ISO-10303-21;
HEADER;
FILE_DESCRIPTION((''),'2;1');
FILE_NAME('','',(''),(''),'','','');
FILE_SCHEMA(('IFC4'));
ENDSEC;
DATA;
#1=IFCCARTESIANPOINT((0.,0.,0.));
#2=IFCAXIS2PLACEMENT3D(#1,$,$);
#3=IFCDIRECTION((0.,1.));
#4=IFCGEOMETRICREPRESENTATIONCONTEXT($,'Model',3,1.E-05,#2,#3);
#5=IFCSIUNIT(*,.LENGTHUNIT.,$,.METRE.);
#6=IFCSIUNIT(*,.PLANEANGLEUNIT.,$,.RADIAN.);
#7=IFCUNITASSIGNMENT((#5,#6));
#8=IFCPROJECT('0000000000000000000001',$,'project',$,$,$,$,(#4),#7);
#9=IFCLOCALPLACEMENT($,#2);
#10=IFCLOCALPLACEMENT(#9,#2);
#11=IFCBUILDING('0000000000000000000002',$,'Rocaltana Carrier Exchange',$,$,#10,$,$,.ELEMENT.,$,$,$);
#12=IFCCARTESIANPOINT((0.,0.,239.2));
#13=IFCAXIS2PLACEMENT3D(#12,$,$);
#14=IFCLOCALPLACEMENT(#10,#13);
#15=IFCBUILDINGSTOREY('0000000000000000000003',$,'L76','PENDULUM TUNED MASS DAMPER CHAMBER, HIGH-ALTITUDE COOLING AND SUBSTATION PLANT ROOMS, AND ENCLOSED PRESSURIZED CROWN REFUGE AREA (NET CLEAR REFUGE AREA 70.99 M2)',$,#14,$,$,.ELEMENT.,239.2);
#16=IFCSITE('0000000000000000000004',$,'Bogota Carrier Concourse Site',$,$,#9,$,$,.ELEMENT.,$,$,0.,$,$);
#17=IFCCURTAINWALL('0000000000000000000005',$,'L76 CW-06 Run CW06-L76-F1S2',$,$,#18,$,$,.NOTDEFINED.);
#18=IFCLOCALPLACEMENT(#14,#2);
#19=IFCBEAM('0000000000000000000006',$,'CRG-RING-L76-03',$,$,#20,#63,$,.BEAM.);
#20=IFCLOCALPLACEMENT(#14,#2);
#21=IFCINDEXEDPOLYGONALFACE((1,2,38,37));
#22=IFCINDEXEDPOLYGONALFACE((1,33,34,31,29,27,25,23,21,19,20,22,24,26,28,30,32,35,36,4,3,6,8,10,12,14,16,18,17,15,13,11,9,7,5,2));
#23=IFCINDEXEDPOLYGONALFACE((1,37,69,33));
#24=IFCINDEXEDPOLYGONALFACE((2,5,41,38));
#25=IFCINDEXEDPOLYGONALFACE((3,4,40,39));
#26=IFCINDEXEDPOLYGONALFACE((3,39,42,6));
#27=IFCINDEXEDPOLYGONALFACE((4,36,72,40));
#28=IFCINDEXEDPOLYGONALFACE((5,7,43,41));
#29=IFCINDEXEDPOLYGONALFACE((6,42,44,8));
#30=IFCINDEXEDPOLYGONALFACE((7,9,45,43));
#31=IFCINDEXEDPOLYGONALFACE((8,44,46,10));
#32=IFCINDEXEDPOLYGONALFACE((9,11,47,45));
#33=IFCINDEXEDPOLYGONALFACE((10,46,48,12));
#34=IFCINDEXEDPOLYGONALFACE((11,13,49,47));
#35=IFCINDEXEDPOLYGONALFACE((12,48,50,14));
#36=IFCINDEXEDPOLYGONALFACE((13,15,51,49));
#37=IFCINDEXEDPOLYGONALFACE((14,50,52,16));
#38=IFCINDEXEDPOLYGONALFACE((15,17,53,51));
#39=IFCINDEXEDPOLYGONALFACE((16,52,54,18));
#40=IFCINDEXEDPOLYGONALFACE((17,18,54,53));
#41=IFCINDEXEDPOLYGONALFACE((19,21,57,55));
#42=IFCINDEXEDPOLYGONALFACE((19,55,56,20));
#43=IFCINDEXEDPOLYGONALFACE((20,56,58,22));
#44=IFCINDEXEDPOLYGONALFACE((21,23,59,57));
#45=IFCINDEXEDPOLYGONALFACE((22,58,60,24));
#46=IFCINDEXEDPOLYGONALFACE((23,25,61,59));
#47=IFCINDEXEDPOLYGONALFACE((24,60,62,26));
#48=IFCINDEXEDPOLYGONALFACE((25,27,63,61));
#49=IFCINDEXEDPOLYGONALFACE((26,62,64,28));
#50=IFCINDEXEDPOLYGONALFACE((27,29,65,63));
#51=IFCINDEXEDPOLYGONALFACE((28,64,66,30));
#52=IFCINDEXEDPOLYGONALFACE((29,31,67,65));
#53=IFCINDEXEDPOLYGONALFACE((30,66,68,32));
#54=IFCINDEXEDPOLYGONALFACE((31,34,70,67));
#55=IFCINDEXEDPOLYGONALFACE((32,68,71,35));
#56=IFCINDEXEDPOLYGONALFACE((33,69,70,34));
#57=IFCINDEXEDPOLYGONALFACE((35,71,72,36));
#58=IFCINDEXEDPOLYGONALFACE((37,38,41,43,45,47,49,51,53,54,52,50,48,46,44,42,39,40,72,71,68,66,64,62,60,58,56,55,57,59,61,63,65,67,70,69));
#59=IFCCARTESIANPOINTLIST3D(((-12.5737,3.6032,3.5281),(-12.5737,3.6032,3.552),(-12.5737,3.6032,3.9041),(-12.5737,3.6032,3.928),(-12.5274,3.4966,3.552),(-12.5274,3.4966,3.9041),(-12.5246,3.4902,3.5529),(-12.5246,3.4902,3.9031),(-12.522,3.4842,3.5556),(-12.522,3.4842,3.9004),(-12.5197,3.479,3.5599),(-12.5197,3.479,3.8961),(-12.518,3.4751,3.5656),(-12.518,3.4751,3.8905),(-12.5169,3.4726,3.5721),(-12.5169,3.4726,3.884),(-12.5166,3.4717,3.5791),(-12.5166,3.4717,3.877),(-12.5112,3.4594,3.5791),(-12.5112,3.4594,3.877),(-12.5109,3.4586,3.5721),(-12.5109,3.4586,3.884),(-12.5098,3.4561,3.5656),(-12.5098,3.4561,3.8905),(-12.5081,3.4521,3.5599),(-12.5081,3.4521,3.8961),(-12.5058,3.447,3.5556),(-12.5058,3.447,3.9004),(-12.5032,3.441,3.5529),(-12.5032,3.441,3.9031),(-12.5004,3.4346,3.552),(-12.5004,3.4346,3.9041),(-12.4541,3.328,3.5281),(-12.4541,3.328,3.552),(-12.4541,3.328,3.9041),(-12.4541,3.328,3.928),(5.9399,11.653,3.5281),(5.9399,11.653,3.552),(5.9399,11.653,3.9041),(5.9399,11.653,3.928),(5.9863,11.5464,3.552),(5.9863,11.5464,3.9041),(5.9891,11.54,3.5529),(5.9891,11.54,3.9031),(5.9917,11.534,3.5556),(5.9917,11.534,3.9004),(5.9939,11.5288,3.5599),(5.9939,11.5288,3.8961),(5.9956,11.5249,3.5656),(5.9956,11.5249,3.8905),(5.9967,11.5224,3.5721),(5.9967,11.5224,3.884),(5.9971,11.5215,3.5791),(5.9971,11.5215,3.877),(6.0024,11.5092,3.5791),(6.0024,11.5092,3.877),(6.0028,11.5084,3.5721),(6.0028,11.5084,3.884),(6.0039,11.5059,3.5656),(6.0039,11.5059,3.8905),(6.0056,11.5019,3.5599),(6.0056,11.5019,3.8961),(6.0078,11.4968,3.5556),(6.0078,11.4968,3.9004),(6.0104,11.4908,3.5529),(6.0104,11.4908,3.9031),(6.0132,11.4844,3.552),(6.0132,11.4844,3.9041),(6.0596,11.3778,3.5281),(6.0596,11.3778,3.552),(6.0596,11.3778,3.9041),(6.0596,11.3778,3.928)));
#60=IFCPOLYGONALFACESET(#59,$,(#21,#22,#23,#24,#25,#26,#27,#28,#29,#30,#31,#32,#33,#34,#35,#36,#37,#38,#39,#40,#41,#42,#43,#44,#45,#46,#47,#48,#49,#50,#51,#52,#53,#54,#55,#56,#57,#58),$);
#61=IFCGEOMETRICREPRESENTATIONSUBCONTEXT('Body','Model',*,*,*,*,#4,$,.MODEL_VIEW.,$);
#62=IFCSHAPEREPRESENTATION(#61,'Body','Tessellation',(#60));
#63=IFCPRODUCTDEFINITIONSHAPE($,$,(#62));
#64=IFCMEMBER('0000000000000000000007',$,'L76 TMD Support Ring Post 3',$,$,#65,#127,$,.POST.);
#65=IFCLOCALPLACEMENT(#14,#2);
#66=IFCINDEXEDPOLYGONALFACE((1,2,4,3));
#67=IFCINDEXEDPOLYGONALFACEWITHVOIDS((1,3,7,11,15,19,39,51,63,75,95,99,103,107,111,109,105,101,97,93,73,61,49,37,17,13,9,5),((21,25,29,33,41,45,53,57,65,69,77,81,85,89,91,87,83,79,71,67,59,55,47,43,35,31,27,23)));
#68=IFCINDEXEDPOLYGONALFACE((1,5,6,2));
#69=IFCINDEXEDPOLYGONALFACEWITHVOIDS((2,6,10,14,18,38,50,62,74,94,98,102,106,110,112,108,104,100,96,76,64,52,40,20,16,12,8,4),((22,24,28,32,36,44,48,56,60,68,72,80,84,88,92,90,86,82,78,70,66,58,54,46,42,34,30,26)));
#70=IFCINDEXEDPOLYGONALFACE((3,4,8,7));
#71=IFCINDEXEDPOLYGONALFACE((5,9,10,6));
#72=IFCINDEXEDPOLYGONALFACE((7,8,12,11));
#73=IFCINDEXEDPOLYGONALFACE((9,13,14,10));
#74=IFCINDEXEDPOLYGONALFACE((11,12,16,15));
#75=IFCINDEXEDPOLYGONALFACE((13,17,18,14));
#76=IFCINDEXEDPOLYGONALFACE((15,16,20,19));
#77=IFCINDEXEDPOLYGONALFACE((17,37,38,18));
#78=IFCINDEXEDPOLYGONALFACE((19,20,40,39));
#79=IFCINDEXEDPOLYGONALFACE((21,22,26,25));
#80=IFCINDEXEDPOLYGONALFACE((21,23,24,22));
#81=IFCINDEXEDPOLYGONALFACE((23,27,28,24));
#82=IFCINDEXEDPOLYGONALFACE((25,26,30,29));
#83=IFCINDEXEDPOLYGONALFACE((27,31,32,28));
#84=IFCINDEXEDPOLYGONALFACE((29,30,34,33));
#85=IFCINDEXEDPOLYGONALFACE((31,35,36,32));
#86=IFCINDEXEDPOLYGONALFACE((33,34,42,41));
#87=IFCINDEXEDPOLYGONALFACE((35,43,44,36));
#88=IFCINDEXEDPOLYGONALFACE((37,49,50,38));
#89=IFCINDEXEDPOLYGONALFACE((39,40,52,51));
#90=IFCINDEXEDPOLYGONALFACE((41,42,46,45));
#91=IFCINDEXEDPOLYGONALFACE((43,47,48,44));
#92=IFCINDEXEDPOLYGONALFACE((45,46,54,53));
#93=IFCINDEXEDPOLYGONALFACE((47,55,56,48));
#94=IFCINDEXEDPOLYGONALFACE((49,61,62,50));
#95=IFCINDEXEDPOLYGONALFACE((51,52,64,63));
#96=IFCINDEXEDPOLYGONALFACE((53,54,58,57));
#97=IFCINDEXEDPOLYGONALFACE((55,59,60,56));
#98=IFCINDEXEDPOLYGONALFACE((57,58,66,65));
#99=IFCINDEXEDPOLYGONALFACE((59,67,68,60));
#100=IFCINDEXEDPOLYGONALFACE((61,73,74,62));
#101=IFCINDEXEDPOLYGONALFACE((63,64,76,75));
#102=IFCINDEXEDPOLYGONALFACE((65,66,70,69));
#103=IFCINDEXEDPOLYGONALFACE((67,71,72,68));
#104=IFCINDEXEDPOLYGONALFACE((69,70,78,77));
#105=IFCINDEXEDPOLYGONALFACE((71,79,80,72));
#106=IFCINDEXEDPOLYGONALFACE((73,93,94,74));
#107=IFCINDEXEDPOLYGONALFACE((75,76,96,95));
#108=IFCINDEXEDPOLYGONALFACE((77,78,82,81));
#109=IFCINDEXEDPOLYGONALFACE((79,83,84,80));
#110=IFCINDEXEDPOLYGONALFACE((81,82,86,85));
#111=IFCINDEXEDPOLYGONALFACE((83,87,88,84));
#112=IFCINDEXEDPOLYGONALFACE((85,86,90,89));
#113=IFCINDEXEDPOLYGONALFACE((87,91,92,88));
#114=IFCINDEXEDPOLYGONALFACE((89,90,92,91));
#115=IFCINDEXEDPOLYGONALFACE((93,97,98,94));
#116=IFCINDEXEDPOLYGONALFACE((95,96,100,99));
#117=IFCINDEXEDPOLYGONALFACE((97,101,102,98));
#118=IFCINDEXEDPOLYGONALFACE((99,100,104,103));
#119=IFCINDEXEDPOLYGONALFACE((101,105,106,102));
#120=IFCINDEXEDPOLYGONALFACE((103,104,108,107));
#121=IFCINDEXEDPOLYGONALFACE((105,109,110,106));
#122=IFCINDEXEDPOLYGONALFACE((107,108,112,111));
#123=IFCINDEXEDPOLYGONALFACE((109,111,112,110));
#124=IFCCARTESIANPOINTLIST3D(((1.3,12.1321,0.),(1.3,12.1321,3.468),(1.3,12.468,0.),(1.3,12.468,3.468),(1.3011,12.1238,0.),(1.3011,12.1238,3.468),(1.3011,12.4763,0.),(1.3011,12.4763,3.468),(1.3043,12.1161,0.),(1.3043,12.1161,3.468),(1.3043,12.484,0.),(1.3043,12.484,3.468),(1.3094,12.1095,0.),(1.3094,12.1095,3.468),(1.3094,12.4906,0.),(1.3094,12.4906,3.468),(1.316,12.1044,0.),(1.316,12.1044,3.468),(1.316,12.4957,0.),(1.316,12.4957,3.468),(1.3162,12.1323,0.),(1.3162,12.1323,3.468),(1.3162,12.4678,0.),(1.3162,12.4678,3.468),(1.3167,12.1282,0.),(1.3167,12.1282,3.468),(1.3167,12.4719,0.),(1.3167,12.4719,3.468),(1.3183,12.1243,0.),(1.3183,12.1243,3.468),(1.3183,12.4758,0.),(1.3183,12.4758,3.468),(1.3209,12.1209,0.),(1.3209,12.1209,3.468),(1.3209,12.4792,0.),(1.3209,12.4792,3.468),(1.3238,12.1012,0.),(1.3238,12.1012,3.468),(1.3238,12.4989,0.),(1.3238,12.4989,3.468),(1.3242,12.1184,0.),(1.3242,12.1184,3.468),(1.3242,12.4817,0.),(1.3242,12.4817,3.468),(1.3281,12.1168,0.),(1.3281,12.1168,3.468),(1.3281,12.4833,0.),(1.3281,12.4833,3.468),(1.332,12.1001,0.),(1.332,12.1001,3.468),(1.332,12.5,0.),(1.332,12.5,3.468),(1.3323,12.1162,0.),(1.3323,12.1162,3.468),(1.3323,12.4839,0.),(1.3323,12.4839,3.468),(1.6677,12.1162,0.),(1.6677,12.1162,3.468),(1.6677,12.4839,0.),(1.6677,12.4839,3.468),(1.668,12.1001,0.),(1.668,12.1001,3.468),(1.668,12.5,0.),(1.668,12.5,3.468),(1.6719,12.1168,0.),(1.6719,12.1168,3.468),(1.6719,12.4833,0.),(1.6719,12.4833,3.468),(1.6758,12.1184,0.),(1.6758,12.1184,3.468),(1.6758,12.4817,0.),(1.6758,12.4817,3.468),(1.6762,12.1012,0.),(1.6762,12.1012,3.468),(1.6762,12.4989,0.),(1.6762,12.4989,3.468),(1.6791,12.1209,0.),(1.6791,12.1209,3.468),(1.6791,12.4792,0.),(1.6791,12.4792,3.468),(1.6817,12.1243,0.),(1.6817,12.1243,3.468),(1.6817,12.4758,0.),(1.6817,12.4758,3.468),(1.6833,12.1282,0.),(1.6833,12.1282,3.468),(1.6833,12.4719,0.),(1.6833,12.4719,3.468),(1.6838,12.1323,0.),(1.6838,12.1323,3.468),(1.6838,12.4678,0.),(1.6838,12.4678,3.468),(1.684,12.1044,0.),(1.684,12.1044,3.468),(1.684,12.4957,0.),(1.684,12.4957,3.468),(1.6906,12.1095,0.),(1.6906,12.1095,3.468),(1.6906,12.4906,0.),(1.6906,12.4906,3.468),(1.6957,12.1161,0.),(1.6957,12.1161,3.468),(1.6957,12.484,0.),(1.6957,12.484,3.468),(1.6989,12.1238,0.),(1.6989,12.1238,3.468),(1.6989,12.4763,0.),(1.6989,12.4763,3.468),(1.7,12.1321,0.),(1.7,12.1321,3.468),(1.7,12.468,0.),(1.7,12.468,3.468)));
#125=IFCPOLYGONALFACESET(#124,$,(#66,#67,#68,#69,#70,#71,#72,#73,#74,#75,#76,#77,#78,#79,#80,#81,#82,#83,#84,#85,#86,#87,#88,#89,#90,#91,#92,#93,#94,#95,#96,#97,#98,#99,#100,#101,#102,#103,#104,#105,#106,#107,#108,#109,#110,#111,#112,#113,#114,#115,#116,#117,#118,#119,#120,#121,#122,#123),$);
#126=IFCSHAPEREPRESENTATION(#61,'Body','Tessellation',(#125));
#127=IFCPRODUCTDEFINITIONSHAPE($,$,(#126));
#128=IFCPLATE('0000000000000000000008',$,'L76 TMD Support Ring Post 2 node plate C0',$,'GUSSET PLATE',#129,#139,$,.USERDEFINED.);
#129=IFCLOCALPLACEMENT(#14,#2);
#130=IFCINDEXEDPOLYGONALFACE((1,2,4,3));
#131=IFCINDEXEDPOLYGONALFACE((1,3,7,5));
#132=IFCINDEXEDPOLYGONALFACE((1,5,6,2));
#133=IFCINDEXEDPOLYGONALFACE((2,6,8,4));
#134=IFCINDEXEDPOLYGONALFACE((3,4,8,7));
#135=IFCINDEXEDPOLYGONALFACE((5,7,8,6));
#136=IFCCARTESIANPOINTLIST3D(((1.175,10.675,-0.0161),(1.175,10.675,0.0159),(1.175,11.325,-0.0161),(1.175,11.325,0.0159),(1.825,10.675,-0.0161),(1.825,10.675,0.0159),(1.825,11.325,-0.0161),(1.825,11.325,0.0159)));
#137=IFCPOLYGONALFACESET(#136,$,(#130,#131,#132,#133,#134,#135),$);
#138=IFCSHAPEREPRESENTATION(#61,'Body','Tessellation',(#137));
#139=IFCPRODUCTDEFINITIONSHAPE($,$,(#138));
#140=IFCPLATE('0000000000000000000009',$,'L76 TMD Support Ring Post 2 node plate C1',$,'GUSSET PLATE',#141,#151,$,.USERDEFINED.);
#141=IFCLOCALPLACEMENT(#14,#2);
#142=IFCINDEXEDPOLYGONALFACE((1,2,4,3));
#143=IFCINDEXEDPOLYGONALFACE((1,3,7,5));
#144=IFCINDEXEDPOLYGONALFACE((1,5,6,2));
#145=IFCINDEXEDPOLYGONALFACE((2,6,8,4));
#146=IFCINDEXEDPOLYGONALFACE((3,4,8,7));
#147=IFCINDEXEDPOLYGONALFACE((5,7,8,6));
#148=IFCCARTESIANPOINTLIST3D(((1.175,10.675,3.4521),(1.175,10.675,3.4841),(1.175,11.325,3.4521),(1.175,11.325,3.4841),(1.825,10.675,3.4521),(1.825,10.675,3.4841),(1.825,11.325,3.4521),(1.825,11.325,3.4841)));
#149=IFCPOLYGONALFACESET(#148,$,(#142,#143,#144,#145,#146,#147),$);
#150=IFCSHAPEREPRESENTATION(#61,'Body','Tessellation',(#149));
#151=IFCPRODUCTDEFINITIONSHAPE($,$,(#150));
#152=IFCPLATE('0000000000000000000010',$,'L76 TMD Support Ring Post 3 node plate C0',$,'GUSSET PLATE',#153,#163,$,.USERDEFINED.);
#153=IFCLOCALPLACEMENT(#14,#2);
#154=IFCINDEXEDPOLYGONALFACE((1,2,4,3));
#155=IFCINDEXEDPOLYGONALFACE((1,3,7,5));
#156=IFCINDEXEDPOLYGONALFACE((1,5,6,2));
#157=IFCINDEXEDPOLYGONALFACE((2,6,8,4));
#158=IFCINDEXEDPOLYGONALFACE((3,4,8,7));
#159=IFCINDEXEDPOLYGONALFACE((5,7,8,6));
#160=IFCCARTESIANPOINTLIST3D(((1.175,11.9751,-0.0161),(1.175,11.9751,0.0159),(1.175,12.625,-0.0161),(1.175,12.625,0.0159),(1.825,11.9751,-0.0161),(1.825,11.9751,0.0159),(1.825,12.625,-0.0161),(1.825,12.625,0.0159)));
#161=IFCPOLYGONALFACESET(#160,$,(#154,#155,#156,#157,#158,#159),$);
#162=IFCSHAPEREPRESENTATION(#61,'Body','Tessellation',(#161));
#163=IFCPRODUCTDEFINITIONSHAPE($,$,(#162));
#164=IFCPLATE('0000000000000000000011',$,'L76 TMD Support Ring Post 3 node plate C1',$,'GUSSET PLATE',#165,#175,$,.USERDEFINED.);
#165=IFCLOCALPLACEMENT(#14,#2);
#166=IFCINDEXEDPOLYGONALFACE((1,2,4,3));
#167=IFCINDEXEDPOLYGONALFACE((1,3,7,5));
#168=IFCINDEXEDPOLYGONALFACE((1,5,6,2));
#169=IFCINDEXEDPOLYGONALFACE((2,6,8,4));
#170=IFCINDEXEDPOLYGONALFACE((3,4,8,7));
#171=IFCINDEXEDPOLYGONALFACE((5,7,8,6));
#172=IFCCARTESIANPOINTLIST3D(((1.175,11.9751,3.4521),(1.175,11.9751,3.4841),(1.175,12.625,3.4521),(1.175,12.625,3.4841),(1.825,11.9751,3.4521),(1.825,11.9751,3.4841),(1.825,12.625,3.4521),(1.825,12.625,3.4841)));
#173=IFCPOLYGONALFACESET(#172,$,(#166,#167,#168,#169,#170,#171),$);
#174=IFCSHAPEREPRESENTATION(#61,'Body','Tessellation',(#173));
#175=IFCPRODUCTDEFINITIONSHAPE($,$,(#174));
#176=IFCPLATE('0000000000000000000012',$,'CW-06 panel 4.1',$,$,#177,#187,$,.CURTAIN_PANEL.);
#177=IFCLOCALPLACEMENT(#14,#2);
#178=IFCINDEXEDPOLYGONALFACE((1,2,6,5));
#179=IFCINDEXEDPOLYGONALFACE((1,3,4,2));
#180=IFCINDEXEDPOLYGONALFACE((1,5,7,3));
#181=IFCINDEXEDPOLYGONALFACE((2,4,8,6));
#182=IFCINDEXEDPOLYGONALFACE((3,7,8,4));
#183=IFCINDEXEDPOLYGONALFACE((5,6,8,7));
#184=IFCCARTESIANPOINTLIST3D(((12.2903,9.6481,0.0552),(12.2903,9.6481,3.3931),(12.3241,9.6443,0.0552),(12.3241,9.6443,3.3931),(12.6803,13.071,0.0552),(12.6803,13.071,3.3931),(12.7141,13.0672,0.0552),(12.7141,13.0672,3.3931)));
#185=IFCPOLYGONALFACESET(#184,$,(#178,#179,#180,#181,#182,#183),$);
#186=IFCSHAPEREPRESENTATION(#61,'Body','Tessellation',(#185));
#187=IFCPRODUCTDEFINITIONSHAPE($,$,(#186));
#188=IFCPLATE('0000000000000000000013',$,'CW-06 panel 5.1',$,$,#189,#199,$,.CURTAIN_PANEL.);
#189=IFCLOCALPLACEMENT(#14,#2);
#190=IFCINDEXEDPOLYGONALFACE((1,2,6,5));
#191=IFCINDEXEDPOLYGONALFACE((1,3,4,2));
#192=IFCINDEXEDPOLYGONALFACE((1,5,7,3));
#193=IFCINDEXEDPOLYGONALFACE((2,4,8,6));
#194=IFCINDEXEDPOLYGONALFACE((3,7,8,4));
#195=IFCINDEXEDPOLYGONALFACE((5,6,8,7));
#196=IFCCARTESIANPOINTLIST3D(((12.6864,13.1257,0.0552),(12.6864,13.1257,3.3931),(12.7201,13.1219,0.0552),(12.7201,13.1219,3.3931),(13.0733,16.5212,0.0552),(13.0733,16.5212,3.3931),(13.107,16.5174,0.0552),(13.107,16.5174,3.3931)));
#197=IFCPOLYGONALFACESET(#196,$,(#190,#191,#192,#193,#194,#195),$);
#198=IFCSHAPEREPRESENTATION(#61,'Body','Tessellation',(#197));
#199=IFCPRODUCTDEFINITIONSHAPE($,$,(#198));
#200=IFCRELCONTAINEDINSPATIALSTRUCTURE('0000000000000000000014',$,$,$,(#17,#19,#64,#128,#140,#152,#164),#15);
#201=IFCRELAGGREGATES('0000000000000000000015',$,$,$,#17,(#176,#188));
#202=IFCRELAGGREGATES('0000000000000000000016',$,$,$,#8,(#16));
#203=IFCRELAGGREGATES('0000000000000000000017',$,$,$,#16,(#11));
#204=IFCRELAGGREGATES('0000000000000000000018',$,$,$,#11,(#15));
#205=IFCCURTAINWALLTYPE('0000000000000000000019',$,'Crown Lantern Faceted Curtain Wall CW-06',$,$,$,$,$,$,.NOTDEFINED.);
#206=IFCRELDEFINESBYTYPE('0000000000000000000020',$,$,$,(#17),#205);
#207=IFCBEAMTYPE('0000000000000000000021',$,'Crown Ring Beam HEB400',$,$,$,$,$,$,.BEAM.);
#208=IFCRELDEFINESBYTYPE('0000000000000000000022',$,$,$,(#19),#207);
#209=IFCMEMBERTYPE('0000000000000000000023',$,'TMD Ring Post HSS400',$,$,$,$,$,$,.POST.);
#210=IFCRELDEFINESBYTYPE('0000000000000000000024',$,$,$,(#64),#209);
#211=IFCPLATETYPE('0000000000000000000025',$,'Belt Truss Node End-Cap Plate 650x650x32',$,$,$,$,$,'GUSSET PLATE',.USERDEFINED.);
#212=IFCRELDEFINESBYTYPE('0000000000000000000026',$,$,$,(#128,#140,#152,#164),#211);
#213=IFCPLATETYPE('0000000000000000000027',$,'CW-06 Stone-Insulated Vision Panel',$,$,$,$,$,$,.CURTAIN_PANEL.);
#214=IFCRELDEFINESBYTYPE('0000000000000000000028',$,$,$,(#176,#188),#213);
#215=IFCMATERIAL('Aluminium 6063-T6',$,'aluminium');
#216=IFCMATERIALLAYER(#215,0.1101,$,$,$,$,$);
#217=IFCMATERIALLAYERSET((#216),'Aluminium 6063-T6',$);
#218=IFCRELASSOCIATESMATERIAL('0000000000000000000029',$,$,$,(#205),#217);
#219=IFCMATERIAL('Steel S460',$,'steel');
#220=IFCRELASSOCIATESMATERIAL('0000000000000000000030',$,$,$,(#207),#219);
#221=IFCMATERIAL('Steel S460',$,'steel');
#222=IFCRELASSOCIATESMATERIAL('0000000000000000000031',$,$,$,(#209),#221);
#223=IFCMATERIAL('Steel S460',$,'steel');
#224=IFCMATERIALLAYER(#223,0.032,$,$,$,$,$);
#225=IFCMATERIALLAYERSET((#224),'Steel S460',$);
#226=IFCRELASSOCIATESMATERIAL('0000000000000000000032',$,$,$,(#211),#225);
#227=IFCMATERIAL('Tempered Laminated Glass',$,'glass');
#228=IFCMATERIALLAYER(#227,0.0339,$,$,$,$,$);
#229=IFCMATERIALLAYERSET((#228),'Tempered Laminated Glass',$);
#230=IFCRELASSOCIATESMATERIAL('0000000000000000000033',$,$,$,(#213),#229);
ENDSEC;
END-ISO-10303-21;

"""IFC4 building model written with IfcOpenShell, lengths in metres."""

from ifc_helpers import new_model, si_unit, direction, frame, origin, origin_2d, place, context, subcontext, project, spatial, rectangle, hollow_rectangle, i_section, extrude, material, layer, layer_set, material_profile, profile_set, type_object, element, aggregate, save


model = new_model("IFC4")

# Units and contexts
model_context = context("Model", 3, precision=1e-05, world=origin(), true_north=direction((0.0, 1.0)))
body_context = subcontext(model_context, "Body", "Model", "MODEL_VIEW")
ifc_project = project(units=[si_unit("LENGTHUNIT", "METRE"), si_unit("PLANEANGLEUNIT", "RADIAN")], contexts=[model_context])

# Site, building, storey
site_placement = place(None, origin())
site = spatial("IfcSite", under=ifc_project, at=site_placement, Name="Bogota Carrier Concourse Site", CompositionType="ELEMENT", RefElevation=0.0)
building_placement = place(site_placement, origin())
building = spatial("IfcBuilding", under=site, at=building_placement, Name="Rocaltana Carrier Exchange", CompositionType="ELEMENT")
storey_placement = place(building_placement, frame((0.0, 0.0, 239.2)))
storey = spatial("IfcBuildingStorey", under=building, at=storey_placement, Name="L76", Description="PENDULUM TUNED MASS DAMPER CHAMBER, HIGH-ALTITUDE COOLING AND SUBSTATION PLANT ROOMS, AND ENCLOSED PRESSURIZED CROWN REFUGE AREA (NET CLEAR REFUGE AREA 70.99 M2)", CompositionType="ELEMENT", Elevation=239.2)

# Curtain wall
ifc_material_1 = material(Name="Aluminium 6063-T6", Category="aluminium")
ifc_layer_1 = layer(ifc_material_1, 0.1101)
ifc_layer_set_1 = layer_set([ifc_layer_1], Name="Aluminium 6063-T6")
curtain_wall_type = type_object("IfcCurtainWallType", Name="Crown Lantern Faceted Curtain Wall CW-06", PredefinedType="NOTDEFINED", material=ifc_layer_set_1)
curtain_wall_1_placement = place(storey_placement, origin())
curtain_wall_1 = element("IfcCurtainWall", 1, at=curtain_wall_1_placement, inside=storey, type_object=curtain_wall_type, Name="L76 CW-06 Run CW06-L76-F1S2", PredefinedType="NOTDEFINED")

# Beam
ifc_material_2 = material(Name="Steel S460", Category="steel")
ifc_material_profile_1 = material_profile(ifc_material_2, i_section(OverallWidth=0.3, OverallDepth=0.3999, WebThickness=0.0134, FlangeThickness=0.0239, FilletRadius=0.0271, at=origin_2d()), Name="HEB400")
ifc_profile_set_1 = profile_set([ifc_material_profile_1], Name="Steel S460")
beam_type = type_object("IfcBeamType", Name="Crown Ring Beam HEB400", PredefinedType="BEAM", material=ifc_profile_set_1)
beam_1_placement = place(storey_placement, frame((5.9998, 11.5154, 3.728), z_axis=(-0.917063, -0.398742, 0.0), x_axis=(0.398742, -0.917063, 0.0)))
element("IfcBeam", 2, at=beam_1_placement, inside=storey, type_object=beam_type, Name="CRG-RING-L76-03", PredefinedType="BEAM", context=body_context, shape_type="SweptSolid", body=[
    extrude(i_section(OverallWidth=0.3, OverallDepth=0.3999, WebThickness=0.0134, FlangeThickness=0.0239, FilletRadius=0.0271, at=origin_2d()), origin(), (0.0, 0.0, 1.0), 20.188),
])

# Member
ifc_material_3 = material(Name="Steel S460", Category="steel")
ifc_material_profile_2 = material_profile(ifc_material_3, hollow_rectangle(XDim=0.3999, YDim=0.3999, WallThickness=0.0161, InnerFilletRadius=0.0161, OuterFilletRadius=0.032, at=origin_2d()), Name="HSS400X400X16")
ifc_profile_set_2 = profile_set([ifc_material_profile_2], Name="Steel S460")
member_type_1 = type_object("IfcMemberType", Name="TMD Ring Post HSS400", PredefinedType="POST", material=ifc_profile_set_2)
member_1_placement = place(storey_placement, frame((1.5, 12.3, 0.0), z_axis=(0.0, 0.0, 1.0), x_axis=(1.0, 0.0, 0.0)))
element("IfcMember", 3, at=member_1_placement, inside=storey, type_object=member_type_1, Name="L76 TMD Support Ring Post 3", PredefinedType="POST", context=body_context, shape_type="SweptSolid", body=[
    extrude(hollow_rectangle(XDim=0.3999, YDim=0.3999, WallThickness=0.0161, InnerFilletRadius=0.0161, OuterFilletRadius=0.032, at=origin_2d()), origin(), (0.0, 0.0, 1.0), 3.468),
])

# Plates
ifc_material_4 = material(Name="Steel S460", Category="steel")
ifc_layer_2 = layer(ifc_material_4, 0.032)
ifc_layer_set_2 = layer_set([ifc_layer_2], Name="Steel S460")
plate_type_1 = type_object("IfcPlateType", Name="Belt Truss Node End-Cap Plate 650x650x32", ElementType="GUSSET PLATE", PredefinedType="USERDEFINED", material=ifc_layer_set_2)
for number, where, z_axis, x_axis, name in (
    (4, (1.5, 11.0, -0.0161), (0.0, 0.0, 1.0), (1.0, 0.0, 0.0), "L76 TMD Support Ring Post 2 node plate C0"),
    (5, (1.5, 11.0, 3.4521), (0.0, 0.0, 1.0), (1.0, 0.0, 0.0), "L76 TMD Support Ring Post 2 node plate C1"),
    (6, (1.5, 12.3, -0.0161), (0.0, 0.0, 1.0), (1.0, 0.0, 0.0), "L76 TMD Support Ring Post 3 node plate C0"),
    (7, (1.5, 12.3, 3.4521), (0.0, 0.0, 1.0), (1.0, 0.0, 0.0), "L76 TMD Support Ring Post 3 node plate C1"),
):
    element("IfcPlate", number, at=place(storey_placement, frame(where, z_axis=z_axis, x_axis=x_axis)), inside=storey, type_object=plate_type_1, Name=name, ObjectType="GUSSET PLATE", PredefinedType="USERDEFINED", context=body_context, shape_type="SweptSolid", body=[
        extrude(rectangle(XDim=0.6499, YDim=0.6499, at=origin_2d()), origin(), (0.0, 0.0, 1.0), 0.032),
    ])

# Plates
ifc_material_5 = material(Name="Tempered Laminated Glass", Category="glass")
ifc_layer_3 = layer(ifc_material_5, 0.0339)
ifc_layer_set_3 = layer_set([ifc_layer_3], Name="Tempered Laminated Glass")
plate_type_2 = type_object("IfcPlateType", Name="CW-06 Stone-Insulated Vision Panel", PredefinedType="CURTAIN_PANEL", material=ifc_layer_set_3)
plate_1_placement = place(storey_placement, frame((12.5022, 11.3577, 0.0552), z_axis=(0.0, 0.0, 1.0), x_axis=(0.113206, 0.993572, 0.0)))
plate_1 = element("IfcPlate", 8, at=plate_1_placement, type_object=plate_type_2, Name="CW-06 panel 4.1", PredefinedType="CURTAIN_PANEL", context=body_context, shape_type="SweptSolid", body=[
    extrude(rectangle(XDim=3.4451, YDim=0.0339, at=origin_2d()), origin(), (0.0, 0.0, 1.0), 3.3379),
])
plate_2_placement = place(storey_placement, frame((12.8967, 14.8215, 0.0552), z_axis=(0.0, 0.0, 1.0), x_axis=(0.113206, 0.993572, 0.0)))
plate_2 = element("IfcPlate", 9, at=plate_2_placement, type_object=plate_type_2, Name="CW-06 panel 5.1", PredefinedType="CURTAIN_PANEL", context=body_context, shape_type="SweptSolid", body=[
    extrude(rectangle(XDim=3.4175, YDim=0.0339, at=origin_2d()), origin(), (0.0, 0.0, 1.0), 3.3379),
])
aggregate(curtain_wall_1, [plate_1, plate_2])

save(model, "model.ifc")
